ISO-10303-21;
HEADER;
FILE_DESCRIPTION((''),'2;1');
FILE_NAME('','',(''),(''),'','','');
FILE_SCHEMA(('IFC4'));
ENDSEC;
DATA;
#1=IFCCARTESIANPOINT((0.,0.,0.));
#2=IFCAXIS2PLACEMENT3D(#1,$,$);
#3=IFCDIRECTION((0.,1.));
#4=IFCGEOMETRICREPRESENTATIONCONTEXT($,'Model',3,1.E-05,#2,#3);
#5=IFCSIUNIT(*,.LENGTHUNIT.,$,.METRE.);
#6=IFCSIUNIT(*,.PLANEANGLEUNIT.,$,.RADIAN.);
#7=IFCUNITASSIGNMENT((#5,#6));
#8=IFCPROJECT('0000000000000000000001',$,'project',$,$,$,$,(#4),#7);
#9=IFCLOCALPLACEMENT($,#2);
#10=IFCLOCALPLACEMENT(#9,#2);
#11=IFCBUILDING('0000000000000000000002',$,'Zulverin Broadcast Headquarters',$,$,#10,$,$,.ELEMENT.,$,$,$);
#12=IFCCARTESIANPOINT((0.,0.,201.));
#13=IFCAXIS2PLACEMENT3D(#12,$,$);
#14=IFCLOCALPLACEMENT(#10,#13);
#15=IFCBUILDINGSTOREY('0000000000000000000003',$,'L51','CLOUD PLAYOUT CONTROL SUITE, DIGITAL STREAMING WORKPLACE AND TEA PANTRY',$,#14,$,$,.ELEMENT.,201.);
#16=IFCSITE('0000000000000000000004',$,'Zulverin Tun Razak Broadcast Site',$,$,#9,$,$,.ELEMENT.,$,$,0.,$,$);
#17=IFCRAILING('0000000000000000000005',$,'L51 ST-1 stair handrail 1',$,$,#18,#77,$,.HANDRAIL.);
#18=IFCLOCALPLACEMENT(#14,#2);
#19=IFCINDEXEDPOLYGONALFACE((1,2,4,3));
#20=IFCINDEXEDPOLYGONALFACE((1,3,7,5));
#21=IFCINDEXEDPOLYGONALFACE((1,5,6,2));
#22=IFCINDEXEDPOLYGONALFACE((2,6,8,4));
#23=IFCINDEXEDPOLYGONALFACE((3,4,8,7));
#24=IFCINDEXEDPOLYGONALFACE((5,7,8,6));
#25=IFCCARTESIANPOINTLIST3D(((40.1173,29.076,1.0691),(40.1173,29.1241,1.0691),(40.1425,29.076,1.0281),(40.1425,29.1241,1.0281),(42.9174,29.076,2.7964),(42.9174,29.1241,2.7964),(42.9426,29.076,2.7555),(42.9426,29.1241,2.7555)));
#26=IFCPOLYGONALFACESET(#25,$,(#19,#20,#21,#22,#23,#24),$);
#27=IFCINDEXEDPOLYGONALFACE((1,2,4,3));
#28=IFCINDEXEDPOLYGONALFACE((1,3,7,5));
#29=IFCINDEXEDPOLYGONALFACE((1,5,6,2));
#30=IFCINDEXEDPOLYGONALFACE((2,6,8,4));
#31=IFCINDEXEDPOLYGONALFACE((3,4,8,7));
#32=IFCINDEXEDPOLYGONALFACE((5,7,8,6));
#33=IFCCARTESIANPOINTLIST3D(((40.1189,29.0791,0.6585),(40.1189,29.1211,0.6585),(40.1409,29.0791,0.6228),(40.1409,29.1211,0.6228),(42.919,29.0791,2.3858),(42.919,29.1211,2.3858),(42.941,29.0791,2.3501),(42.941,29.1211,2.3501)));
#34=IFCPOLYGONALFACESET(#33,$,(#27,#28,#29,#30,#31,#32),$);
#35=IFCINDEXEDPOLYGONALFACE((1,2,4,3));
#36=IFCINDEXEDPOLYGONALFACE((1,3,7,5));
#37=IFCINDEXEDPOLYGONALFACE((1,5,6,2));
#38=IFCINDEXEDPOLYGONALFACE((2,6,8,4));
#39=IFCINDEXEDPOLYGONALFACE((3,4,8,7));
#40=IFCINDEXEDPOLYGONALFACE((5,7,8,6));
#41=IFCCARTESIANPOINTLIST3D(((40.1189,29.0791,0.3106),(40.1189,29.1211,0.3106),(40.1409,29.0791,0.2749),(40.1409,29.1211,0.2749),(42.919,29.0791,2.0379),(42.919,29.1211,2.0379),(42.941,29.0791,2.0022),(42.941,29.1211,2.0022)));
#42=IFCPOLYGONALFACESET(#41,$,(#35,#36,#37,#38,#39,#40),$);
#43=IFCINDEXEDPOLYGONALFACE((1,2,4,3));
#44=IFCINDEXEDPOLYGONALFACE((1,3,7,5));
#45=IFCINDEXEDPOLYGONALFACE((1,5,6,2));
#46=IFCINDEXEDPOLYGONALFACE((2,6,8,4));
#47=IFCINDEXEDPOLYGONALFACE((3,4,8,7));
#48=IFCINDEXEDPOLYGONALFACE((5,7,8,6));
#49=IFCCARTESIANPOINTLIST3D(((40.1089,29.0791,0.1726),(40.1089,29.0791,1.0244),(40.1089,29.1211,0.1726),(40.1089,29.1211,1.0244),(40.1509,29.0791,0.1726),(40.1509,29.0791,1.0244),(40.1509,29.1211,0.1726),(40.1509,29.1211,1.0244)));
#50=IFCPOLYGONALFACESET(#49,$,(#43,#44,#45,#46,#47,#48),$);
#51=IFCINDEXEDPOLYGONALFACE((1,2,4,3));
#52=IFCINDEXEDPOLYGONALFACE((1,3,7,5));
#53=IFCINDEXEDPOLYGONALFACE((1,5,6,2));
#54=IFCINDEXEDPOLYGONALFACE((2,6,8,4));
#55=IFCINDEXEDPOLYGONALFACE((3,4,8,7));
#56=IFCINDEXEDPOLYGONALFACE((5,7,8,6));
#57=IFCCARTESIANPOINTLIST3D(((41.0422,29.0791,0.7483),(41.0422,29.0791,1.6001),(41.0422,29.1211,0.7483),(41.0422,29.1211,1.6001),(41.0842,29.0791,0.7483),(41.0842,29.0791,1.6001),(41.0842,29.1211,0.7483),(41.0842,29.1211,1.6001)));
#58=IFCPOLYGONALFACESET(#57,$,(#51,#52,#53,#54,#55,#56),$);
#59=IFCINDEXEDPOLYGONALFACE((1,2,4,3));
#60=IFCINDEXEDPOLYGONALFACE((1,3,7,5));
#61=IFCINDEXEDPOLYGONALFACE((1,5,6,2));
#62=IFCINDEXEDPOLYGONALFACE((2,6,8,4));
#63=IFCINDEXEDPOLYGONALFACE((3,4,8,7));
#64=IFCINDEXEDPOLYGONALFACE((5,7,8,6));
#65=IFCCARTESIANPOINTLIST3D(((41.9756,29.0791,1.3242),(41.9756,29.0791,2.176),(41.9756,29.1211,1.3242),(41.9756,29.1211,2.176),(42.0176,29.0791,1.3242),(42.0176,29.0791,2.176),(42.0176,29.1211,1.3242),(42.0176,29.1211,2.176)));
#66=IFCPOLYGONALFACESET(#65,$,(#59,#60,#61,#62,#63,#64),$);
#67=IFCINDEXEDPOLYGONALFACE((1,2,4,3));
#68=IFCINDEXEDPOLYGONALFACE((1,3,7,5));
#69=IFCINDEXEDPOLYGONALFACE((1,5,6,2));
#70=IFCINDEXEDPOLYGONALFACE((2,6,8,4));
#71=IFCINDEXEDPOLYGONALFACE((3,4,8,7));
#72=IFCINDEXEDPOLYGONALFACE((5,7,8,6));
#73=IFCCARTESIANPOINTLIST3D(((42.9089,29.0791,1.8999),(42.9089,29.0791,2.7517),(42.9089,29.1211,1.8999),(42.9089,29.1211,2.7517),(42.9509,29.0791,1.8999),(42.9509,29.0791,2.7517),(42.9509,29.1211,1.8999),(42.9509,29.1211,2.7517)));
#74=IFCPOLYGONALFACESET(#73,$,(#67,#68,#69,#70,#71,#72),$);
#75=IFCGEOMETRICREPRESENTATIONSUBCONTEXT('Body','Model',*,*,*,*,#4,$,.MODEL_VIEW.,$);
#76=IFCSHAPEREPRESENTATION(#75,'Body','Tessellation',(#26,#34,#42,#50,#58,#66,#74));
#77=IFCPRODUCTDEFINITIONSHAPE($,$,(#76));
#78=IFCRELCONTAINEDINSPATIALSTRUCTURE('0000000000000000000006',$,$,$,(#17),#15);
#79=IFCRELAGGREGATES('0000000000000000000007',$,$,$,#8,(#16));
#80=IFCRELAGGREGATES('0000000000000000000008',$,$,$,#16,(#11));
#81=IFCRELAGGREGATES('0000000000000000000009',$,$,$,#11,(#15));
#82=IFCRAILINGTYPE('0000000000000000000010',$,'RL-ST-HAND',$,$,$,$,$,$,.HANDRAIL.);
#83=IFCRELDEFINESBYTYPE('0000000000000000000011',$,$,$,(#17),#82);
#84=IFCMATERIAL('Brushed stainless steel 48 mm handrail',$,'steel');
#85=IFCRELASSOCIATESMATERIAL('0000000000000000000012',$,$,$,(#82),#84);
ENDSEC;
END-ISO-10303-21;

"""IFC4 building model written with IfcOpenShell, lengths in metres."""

from ifc_helpers import new_model, si_unit, direction, frame, origin, origin_2d, place, context, subcontext, project, spatial, rectangle, extrude, material, type_object, element, save


model = new_model("IFC4")

# Units and contexts
model_context = context("Model", 3, precision=1e-05, world=origin(), true_north=direction((0.0, 1.0)))
body_context = subcontext(model_context, "Body", "Model", "MODEL_VIEW")
ifc_project = project(units=[si_unit("LENGTHUNIT", "METRE"), si_unit("PLANEANGLEUNIT", "RADIAN")], contexts=[model_context])

# Site, building, storey
site_placement = place(None, origin())
site = spatial("IfcSite", under=ifc_project, at=site_placement, Name="Zulverin Tun Razak Broadcast Site", CompositionType="ELEMENT", RefElevation=0.0)
building_placement = place(site_placement, origin())
building = spatial("IfcBuilding", under=site, at=building_placement, Name="Zulverin Broadcast Headquarters", CompositionType="ELEMENT")
storey_placement = place(building_placement, frame((0.0, 0.0, 201.0)))
storey = spatial("IfcBuildingStorey", under=building, at=storey_placement, Name="L51", Description="CLOUD PLAYOUT CONTROL SUITE, DIGITAL STREAMING WORKPLACE AND TEA PANTRY", CompositionType="ELEMENT", Elevation=201.0)

# Railing
ifc_material_1 = material(Name="Brushed stainless steel 48 mm handrail", Category="steel")
railing_type_1 = type_object("IfcRailingType", Name="RL-ST-HAND", PredefinedType="HANDRAIL", material=ifc_material_1)
railing_1_placement = place(storey_placement, frame((40.1299, 29.1001, 0.1726)))
element("IfcRailing", 1, at=railing_1_placement, inside=storey, type_object=railing_type_1, Name="L51 ST-1 stair handrail 1", PredefinedType="HANDRAIL", context=body_context, shape_type="SweptSolid", body=[
    extrude(rectangle(XDim=0.0481, YDim=0.0481, at=origin_2d()), frame((0.0, 0.0, 0.876), z_axis=(0.85109, 0.0, 0.52502), x_axis=(0.0, 1.0, 0.0)), (0.0, 0.0, 1.0), 3.29),
    extrude(rectangle(XDim=0.042, YDim=0.042, at=origin_2d()), frame((0.0, 0.0, 0.468), z_axis=(0.85109, 0.0, 0.52502), x_axis=(0.0, 1.0, 0.0)), (0.0, 0.0, 1.0), 3.29),
    extrude(rectangle(XDim=0.042, YDim=0.042, at=origin_2d()), frame((0.0, 0.0, 0.1201), z_axis=(0.85109, 0.0, 0.52502), x_axis=(0.0, 1.0, 0.0)), (0.0, 0.0, 1.0), 3.29),
    extrude(rectangle(XDim=0.042, YDim=0.042, at=origin_2d()), origin(), (0.0, 0.0, 1.0), 0.8518),
    extrude(rectangle(XDim=0.042, YDim=0.042, at=origin_2d()), frame((0.9333, 0.0, 0.5757)), (0.0, 0.0, 1.0), 0.8518),
    extrude(rectangle(XDim=0.042, YDim=0.042, at=origin_2d()), frame((1.8667, 0.0, 1.1516)), (0.0, 0.0, 1.0), 0.8518),
    extrude(rectangle(XDim=0.042, YDim=0.042, at=origin_2d()), frame((2.8, 0.0, 1.7273)), (0.0, 0.0, 1.0), 0.8518),
])

save(model, "model.ifc")
